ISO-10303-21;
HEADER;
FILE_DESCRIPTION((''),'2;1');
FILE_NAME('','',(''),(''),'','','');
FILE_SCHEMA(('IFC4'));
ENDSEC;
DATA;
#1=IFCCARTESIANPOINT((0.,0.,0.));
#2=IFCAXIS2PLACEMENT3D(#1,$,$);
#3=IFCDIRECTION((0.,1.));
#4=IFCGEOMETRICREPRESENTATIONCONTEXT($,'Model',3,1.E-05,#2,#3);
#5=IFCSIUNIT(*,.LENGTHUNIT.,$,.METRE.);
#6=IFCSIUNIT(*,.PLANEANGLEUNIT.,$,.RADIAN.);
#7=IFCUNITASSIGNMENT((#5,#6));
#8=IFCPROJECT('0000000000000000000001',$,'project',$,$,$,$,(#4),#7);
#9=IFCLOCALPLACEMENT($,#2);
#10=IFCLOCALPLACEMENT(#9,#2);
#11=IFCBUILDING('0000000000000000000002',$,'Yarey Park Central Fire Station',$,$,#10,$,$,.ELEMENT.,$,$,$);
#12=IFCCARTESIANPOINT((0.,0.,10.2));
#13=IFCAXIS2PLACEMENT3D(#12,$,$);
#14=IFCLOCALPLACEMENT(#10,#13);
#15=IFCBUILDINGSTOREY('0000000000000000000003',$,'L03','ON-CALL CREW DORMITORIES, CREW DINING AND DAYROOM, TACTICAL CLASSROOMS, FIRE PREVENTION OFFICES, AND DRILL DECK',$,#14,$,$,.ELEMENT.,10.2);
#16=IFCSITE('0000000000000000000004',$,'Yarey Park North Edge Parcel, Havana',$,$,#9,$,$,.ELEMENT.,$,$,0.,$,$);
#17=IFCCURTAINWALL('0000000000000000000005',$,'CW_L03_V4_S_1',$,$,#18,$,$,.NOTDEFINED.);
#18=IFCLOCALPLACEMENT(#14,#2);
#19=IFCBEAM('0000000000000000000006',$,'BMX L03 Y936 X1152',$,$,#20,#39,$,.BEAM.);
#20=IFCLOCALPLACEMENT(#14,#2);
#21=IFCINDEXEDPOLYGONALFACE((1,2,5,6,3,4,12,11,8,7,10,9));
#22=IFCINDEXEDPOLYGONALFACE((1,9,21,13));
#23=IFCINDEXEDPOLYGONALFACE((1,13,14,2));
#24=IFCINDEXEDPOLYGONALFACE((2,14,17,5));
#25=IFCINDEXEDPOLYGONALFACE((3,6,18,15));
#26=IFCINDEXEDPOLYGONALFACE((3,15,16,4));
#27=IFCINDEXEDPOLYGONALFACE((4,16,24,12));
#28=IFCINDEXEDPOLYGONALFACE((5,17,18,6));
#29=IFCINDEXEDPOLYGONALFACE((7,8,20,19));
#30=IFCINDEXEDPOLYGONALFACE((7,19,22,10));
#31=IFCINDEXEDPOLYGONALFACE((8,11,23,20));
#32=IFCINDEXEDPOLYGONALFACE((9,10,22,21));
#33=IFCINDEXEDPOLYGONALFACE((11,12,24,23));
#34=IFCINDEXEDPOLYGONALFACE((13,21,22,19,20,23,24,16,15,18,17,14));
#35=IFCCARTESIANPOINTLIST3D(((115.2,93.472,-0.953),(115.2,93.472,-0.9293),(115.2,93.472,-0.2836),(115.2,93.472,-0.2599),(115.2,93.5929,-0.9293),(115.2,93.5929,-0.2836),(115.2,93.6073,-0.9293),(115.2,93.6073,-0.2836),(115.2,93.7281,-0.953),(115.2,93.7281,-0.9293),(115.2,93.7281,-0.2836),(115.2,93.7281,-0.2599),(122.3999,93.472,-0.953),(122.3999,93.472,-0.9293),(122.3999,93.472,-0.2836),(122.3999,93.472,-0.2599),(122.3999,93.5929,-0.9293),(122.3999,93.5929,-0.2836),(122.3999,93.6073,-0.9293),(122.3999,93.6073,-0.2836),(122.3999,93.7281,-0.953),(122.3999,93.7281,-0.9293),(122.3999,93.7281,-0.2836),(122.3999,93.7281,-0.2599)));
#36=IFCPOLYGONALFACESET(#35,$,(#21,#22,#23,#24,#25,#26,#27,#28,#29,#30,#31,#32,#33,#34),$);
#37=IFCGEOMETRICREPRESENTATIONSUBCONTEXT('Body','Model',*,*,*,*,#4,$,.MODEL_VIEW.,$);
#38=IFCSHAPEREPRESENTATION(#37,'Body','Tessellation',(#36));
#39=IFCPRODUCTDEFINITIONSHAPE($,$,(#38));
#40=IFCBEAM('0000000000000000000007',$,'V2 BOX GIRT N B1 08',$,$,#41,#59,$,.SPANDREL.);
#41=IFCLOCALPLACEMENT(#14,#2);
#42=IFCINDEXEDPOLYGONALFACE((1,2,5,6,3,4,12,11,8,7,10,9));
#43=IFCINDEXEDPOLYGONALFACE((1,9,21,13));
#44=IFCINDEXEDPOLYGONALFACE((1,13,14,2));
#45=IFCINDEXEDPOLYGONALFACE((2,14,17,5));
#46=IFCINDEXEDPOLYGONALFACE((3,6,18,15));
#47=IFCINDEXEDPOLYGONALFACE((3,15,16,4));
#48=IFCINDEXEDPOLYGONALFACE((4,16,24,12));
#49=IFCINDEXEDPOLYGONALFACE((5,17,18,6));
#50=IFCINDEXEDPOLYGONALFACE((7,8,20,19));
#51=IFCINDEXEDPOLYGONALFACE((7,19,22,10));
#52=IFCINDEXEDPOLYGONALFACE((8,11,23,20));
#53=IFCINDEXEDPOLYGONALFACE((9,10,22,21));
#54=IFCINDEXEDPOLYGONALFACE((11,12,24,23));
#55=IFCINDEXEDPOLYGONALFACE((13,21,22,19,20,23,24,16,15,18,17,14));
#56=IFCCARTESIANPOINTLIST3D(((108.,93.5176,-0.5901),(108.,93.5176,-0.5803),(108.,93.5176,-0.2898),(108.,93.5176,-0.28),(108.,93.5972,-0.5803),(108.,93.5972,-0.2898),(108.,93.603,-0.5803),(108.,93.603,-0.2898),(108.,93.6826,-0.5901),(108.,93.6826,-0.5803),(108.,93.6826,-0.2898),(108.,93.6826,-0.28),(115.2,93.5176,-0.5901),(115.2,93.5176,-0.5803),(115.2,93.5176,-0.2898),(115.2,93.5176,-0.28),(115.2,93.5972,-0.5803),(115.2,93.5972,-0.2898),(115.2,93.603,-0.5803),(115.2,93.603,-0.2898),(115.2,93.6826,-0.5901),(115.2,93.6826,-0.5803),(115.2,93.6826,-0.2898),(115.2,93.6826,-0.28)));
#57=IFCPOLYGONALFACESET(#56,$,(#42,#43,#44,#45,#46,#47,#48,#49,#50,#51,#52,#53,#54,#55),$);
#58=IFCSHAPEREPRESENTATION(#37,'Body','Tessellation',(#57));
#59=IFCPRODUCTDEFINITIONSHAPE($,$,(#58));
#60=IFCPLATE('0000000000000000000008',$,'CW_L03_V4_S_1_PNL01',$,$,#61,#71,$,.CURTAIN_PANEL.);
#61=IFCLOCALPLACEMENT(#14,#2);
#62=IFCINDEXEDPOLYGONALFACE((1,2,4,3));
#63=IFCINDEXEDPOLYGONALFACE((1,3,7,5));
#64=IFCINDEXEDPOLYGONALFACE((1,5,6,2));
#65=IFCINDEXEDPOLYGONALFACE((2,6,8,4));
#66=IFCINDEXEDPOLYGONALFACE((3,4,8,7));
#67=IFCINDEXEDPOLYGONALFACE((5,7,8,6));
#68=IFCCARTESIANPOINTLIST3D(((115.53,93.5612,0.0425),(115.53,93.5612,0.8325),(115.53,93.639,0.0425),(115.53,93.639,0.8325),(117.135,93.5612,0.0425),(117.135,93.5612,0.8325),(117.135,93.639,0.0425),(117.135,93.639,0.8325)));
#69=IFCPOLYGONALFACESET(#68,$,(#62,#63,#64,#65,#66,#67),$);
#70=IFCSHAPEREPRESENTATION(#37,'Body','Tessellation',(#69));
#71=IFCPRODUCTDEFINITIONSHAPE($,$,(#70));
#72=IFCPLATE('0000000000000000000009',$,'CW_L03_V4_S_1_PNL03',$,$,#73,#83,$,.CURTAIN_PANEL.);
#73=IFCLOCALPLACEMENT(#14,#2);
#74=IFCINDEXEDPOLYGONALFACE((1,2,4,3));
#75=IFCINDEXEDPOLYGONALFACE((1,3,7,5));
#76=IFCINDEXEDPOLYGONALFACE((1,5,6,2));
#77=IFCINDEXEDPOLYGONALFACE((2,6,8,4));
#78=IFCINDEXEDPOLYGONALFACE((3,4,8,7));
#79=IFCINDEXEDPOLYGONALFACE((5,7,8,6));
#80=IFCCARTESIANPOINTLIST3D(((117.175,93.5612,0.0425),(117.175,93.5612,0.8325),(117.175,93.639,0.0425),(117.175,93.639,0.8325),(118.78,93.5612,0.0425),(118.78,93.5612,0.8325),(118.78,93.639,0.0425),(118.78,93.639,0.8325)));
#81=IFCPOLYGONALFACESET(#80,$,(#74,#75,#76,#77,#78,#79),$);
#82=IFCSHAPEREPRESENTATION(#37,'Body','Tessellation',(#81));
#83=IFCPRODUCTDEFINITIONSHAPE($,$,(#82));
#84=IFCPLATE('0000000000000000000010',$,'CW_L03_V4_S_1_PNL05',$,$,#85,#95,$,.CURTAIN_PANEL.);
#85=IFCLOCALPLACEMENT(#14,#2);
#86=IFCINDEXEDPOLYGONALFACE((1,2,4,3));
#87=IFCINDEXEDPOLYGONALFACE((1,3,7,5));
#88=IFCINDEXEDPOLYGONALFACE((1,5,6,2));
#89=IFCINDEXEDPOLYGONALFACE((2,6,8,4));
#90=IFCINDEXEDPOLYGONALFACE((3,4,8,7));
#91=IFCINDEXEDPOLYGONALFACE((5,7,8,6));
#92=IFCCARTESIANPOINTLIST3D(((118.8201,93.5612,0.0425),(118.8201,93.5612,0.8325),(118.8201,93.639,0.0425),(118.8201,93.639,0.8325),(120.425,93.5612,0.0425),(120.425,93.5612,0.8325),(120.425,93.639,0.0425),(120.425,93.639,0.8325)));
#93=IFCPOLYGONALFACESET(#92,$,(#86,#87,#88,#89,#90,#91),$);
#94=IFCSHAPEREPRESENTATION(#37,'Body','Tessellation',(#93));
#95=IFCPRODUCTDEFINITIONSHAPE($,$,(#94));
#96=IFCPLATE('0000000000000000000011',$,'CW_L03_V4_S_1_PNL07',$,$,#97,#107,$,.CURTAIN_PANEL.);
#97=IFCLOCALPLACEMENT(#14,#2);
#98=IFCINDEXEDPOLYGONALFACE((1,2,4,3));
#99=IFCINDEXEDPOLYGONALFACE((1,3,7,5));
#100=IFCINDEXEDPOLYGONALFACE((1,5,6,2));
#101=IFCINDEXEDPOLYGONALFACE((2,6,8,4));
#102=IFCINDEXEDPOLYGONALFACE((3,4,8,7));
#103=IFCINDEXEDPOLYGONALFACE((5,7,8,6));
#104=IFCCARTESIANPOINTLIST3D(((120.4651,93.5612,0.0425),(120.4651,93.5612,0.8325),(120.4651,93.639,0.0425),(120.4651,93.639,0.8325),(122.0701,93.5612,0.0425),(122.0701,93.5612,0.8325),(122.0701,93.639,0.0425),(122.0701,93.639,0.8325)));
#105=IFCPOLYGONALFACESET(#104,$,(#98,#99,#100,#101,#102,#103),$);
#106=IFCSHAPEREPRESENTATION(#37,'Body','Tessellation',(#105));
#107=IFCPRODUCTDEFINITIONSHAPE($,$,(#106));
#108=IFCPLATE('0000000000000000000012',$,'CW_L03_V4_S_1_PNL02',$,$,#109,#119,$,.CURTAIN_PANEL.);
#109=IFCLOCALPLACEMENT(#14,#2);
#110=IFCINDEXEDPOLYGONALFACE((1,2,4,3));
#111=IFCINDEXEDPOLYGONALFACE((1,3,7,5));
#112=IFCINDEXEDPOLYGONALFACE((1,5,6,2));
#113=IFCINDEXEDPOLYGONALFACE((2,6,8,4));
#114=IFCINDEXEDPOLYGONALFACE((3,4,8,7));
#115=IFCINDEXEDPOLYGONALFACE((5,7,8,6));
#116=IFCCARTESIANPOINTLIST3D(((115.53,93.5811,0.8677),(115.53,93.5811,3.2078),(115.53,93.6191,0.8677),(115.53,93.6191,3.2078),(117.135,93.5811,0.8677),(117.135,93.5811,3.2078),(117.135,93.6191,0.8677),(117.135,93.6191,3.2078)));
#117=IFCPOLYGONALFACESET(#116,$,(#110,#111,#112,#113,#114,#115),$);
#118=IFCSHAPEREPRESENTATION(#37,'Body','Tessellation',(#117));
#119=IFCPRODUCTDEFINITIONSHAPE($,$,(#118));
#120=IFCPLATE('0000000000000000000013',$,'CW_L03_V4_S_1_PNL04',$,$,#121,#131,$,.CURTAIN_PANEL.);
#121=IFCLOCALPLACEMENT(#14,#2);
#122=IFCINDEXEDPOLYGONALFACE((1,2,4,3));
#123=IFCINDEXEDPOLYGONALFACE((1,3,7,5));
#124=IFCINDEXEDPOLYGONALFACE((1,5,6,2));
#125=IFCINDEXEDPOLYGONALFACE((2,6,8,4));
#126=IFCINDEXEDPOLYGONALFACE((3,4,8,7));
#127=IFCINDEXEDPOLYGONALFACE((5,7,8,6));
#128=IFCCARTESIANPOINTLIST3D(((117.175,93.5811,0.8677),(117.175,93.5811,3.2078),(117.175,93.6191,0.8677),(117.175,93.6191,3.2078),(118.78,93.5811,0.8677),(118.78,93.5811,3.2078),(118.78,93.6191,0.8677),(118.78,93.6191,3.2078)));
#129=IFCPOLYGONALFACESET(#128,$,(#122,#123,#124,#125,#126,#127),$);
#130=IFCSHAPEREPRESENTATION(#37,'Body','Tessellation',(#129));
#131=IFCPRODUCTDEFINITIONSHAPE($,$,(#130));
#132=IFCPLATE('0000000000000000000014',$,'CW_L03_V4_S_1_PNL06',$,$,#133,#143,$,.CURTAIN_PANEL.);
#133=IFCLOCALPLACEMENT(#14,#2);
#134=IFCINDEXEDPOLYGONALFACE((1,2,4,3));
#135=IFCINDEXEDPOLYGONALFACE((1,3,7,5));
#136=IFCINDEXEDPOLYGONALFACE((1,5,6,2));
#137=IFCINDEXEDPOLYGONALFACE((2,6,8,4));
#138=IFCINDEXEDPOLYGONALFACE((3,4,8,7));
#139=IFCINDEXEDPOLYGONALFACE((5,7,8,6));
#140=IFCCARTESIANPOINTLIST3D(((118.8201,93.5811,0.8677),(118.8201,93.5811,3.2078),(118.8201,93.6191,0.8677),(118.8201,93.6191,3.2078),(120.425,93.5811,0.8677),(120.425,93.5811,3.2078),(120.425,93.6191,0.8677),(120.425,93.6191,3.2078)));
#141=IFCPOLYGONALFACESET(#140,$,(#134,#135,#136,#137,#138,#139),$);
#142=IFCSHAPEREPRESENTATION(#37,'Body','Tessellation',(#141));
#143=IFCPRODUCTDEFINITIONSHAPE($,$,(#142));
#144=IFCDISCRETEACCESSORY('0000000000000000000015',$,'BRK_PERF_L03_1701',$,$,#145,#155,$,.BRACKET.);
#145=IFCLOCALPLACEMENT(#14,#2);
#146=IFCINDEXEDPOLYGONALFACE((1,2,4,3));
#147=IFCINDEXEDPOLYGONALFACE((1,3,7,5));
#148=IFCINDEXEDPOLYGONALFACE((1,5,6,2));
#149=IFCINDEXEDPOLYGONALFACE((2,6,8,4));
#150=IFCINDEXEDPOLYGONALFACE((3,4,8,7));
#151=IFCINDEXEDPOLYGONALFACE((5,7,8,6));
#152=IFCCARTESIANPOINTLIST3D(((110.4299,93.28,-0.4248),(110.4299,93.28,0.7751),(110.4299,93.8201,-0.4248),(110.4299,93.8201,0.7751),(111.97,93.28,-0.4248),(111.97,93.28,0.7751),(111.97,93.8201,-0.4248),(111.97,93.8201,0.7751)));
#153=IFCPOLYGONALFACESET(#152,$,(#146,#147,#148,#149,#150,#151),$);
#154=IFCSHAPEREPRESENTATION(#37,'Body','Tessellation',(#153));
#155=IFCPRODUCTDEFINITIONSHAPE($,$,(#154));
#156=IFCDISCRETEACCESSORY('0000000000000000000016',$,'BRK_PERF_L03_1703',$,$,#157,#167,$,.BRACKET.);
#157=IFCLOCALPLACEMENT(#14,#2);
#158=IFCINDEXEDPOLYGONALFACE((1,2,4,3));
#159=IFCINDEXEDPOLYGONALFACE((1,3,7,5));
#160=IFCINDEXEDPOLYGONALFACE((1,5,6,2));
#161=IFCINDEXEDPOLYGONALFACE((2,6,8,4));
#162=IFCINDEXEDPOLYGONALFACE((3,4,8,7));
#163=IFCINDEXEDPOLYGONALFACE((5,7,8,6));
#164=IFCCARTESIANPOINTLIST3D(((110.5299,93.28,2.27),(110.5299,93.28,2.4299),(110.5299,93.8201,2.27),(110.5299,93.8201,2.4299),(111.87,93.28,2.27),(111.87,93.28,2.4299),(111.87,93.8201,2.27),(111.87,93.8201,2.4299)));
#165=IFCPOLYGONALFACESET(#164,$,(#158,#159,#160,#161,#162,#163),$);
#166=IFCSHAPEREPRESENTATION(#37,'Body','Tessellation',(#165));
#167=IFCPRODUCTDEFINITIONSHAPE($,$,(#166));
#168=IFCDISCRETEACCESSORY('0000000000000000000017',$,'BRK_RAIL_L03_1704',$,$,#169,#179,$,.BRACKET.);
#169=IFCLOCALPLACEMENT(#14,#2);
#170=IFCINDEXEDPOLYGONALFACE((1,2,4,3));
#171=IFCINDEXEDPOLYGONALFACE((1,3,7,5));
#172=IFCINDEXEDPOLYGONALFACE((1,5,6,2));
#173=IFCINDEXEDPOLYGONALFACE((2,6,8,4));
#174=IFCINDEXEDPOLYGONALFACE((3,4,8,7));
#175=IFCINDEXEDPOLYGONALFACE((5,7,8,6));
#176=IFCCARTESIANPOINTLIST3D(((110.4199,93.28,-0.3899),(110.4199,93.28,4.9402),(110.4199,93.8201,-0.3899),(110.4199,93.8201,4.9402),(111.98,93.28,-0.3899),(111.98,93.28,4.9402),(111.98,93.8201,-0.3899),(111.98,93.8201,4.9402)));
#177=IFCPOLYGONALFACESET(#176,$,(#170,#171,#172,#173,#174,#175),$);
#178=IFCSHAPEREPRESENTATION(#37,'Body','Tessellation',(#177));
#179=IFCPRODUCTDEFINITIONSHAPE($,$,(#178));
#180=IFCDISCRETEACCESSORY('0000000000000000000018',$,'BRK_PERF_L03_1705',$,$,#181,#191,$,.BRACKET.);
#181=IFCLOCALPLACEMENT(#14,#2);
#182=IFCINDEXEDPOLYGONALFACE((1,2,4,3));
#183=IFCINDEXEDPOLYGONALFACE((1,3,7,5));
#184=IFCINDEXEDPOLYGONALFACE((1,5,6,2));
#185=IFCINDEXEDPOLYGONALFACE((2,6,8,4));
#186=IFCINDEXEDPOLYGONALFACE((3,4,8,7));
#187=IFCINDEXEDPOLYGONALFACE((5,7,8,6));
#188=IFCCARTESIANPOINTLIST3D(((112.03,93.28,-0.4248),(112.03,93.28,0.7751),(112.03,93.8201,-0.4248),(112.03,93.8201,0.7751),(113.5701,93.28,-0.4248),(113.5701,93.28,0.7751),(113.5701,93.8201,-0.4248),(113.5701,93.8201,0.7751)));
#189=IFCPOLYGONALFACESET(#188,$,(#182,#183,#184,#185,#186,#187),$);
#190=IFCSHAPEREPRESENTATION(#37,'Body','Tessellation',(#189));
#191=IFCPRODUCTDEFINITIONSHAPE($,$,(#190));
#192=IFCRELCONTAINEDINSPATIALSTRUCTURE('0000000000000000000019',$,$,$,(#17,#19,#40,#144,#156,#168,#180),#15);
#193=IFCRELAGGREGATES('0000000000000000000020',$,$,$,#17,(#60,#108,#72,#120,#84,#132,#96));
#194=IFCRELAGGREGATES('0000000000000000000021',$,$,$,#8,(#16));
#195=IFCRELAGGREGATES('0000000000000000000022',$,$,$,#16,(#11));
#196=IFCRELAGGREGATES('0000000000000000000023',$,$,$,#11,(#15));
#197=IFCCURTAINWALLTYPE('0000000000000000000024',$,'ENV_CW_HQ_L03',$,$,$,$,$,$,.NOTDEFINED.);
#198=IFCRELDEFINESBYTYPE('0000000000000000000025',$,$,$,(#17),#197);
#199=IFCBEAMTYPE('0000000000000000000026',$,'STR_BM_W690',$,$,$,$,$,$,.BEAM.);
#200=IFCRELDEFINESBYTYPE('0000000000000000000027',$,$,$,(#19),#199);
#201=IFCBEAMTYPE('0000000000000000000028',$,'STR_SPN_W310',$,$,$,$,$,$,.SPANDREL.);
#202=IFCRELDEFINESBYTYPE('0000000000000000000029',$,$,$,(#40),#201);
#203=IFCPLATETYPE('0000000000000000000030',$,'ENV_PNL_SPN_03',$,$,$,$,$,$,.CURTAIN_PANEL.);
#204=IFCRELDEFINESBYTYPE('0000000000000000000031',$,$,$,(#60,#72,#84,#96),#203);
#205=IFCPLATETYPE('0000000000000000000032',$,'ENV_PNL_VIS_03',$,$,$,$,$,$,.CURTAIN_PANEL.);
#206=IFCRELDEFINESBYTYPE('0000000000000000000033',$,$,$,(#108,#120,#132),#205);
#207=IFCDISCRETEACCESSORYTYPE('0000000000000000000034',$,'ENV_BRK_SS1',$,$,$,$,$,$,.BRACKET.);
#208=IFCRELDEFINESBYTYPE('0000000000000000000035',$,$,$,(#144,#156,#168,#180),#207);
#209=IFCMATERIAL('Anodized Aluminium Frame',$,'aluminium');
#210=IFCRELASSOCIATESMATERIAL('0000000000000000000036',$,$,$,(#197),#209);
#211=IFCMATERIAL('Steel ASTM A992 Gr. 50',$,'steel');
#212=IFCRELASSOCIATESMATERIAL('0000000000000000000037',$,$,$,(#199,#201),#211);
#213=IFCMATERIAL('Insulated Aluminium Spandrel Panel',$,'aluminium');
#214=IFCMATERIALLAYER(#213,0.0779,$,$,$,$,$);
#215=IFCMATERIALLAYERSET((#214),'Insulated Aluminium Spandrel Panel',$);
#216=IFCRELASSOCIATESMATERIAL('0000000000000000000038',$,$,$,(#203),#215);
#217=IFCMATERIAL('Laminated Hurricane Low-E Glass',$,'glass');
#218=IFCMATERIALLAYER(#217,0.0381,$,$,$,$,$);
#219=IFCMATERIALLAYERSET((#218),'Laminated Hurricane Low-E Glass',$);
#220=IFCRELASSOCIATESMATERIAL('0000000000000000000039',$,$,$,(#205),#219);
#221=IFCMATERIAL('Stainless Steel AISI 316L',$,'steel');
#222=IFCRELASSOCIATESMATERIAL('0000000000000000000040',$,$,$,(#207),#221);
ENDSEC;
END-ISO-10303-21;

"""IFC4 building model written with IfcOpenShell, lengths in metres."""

from ifc_helpers import new_model, si_unit, direction, frame, origin, origin_2d, place, context, subcontext, project, spatial, rectangle, i_section, extrude, material, layer, layer_set, material_profile, profile_set, type_object, element, aggregate, save


model = new_model("IFC4")

# Units and contexts
model_context = context("Model", 3, precision=1e-05, world=origin(), true_north=direction((0.0, 1.0)))
body_context = subcontext(model_context, "Body", "Model", "MODEL_VIEW")
ifc_project = project(units=[si_unit("LENGTHUNIT", "METRE"), si_unit("PLANEANGLEUNIT", "RADIAN")], contexts=[model_context])

# Site, building, storey
site_placement = place(None, origin())
site = spatial("IfcSite", under=ifc_project, at=site_placement, Name="Yarey Park North Edge Parcel, Havana", CompositionType="ELEMENT", RefElevation=0.0)
building_placement = place(site_placement, origin())
building = spatial("IfcBuilding", under=site, at=building_placement, Name="Yarey Park Central Fire Station", CompositionType="ELEMENT")
storey_placement = place(building_placement, frame((0.0, 0.0, 10.2)))
storey = spatial("IfcBuildingStorey", under=building, at=storey_placement, Name="L03", Description="ON-CALL CREW DORMITORIES, CREW DINING AND DAYROOM, TACTICAL CLASSROOMS, FIRE PREVENTION OFFICES, AND DRILL DECK", CompositionType="ELEMENT", Elevation=10.2)

# Shared definitions
ifc_material_1 = material(Name="Steel ASTM A992 Gr. 50", Category="steel")

# Curtain wall
ifc_material_2 = material(Name="Anodized Aluminium Frame", Category="aluminium")
curtain_wall_type = type_object("IfcCurtainWallType", Name="ENV_CW_HQ_L03", PredefinedType="NOTDEFINED", material=ifc_material_2)
curtain_wall_placement = place(storey_placement, origin())
curtain_wall = element("IfcCurtainWall", 1, at=curtain_wall_placement, inside=storey, type_object=curtain_wall_type, Name="CW_L03_V4_S_1", PredefinedType="NOTDEFINED")

# Beams
ifc_material_profile_1 = material_profile(ifc_material_1, i_section(OverallWidth=0.2561, OverallDepth=0.6931, WebThickness=0.0144, FlangeThickness=0.0237, at=origin_2d()), Name="W690x170")
ifc_profile_set_1 = profile_set([ifc_material_profile_1], Name="Steel ASTM A992 Gr. 50")
beam_type_1 = type_object("IfcBeamType", Name="STR_BM_W690", PredefinedType="BEAM", material=ifc_profile_set_1)
beam_1_placement = place(storey_placement, frame((115.2, 93.6001, -0.6064), z_axis=(1.0, 0.0, 0.0), x_axis=(0.0, 1.0, 0.0)))
element("IfcBeam", 2, at=beam_1_placement, inside=storey, type_object=beam_type_1, Name="BMX L03 Y936 X1152", PredefinedType="BEAM", context=body_context, shape_type="SweptSolid", body=[
    extrude(i_section(OverallWidth=0.2561, OverallDepth=0.6931, WebThickness=0.0144, FlangeThickness=0.0237, at=origin_2d()), origin(), (0.0, 0.0, 1.0), 7.2),
])
ifc_material_profile_2 = material_profile(ifc_material_1, i_section(OverallWidth=0.165, OverallDepth=0.3101, WebThickness=0.0059, FlangeThickness=0.0098, at=origin_2d()), Name="W310x39")
ifc_profile_set_2 = profile_set([ifc_material_profile_2], Name="Steel ASTM A992 Gr. 50")
beam_type_2 = type_object("IfcBeamType", Name="STR_SPN_W310", PredefinedType="SPANDREL", material=ifc_profile_set_2)
beam_2_placement = place(storey_placement, frame((108.0, 93.6001, -0.4351), z_axis=(1.0, 0.0, 0.0), x_axis=(0.0, 1.0, 0.0)))
element("IfcBeam", 3, at=beam_2_placement, inside=storey, type_object=beam_type_2, Name="V2 BOX GIRT N B1 08", PredefinedType="SPANDREL", context=body_context, shape_type="SweptSolid", body=[
    extrude(i_section(OverallWidth=0.165, OverallDepth=0.3101, WebThickness=0.0059, FlangeThickness=0.0098, at=origin_2d()), origin(), (0.0, 0.0, 1.0), 7.2),
])

# Plates
ifc_material_3 = material(Name="Insulated Aluminium Spandrel Panel", Category="aluminium")
ifc_layer_1 = layer(ifc_material_3, 0.0779)
ifc_layer_set_1 = layer_set([ifc_layer_1], Name="Insulated Aluminium Spandrel Panel")
plate_type_1 = type_object("IfcPlateType", Name="ENV_PNL_SPN_03", PredefinedType="CURTAIN_PANEL", material=ifc_layer_set_1)
plate_1_placement = place(storey_placement, frame((116.3325, 93.6001, 0.0425), z_axis=(0.0, 0.0, 1.0), x_axis=(1.0, 0.0, 0.0)))
plate_1 = element("IfcPlate", 4, at=plate_1_placement, type_object=plate_type_1, Name="CW_L03_V4_S_1_PNL01", PredefinedType="CURTAIN_PANEL", context=body_context, shape_type="SweptSolid", body=[
    extrude(rectangle(XDim=1.605, YDim=0.0779, at=origin_2d()), origin(), (0.0, 0.0, 1.0), 0.79),
])
plate_2_placement = place(storey_placement, frame((117.9775, 93.6001, 0.0425), z_axis=(0.0, 0.0, 1.0), x_axis=(1.0, 0.0, 0.0)))
plate_2 = element("IfcPlate", 5, at=plate_2_placement, type_object=plate_type_1, Name="CW_L03_V4_S_1_PNL03", PredefinedType="CURTAIN_PANEL", context=body_context, shape_type="SweptSolid", body=[
    extrude(rectangle(XDim=1.605, YDim=0.0779, at=origin_2d()), origin(), (0.0, 0.0, 1.0), 0.79),
])
plate_3_placement = place(storey_placement, frame((119.6226, 93.6001, 0.0425), z_axis=(0.0, 0.0, 1.0), x_axis=(1.0, 0.0, 0.0)))
plate_3 = element("IfcPlate", 6, at=plate_3_placement, type_object=plate_type_1, Name="CW_L03_V4_S_1_PNL05", PredefinedType="CURTAIN_PANEL", context=body_context, shape_type="SweptSolid", body=[
    extrude(rectangle(XDim=1.605, YDim=0.0779, at=origin_2d()), origin(), (0.0, 0.0, 1.0), 0.79),
])
plate_4_placement = place(storey_placement, frame((121.2676, 93.6001, 0.0425), z_axis=(0.0, 0.0, 1.0), x_axis=(1.0, 0.0, 0.0)))
plate_4 = element("IfcPlate", 7, at=plate_4_placement, type_object=plate_type_1, Name="CW_L03_V4_S_1_PNL07", PredefinedType="CURTAIN_PANEL", context=body_context, shape_type="SweptSolid", body=[
    extrude(rectangle(XDim=1.605, YDim=0.0779, at=origin_2d()), origin(), (0.0, 0.0, 1.0), 0.79),
])
ifc_material_4 = material(Name="Laminated Hurricane Low-E Glass", Category="glass")
ifc_layer_2 = layer(ifc_material_4, 0.0381)
ifc_layer_set_2 = layer_set([ifc_layer_2], Name="Laminated Hurricane Low-E Glass")
plate_type_2 = type_object("IfcPlateType", Name="ENV_PNL_VIS_03", PredefinedType="CURTAIN_PANEL", material=ifc_layer_set_2)
plate_5_placement = place(storey_placement, frame((116.3325, 93.6001, 0.8677), z_axis=(0.0, 0.0, 1.0), x_axis=(1.0, 0.0, 0.0)))
plate_5 = element("IfcPlate", 8, at=plate_5_placement, type_object=plate_type_2, Name="CW_L03_V4_S_1_PNL02", PredefinedType="CURTAIN_PANEL", context=body_context, shape_type="SweptSolid", body=[
    extrude(rectangle(XDim=1.605, YDim=0.0381, at=origin_2d()), origin(), (0.0, 0.0, 1.0), 2.3401),
])
plate_6_placement = place(storey_placement, frame((117.9775, 93.6001, 0.8677), z_axis=(0.0, 0.0, 1.0), x_axis=(1.0, 0.0, 0.0)))
plate_6 = element("IfcPlate", 9, at=plate_6_placement, type_object=plate_type_2, Name="CW_L03_V4_S_1_PNL04", PredefinedType="CURTAIN_PANEL", context=body_context, shape_type="SweptSolid", body=[
    extrude(rectangle(XDim=1.605, YDim=0.0381, at=origin_2d()), origin(), (0.0, 0.0, 1.0), 2.3401),
])
plate_7_placement = place(storey_placement, frame((119.6226, 93.6001, 0.8677), z_axis=(0.0, 0.0, 1.0), x_axis=(1.0, 0.0, 0.0)))
plate_7 = element("IfcPlate", 10, at=plate_7_placement, type_object=plate_type_2, Name="CW_L03_V4_S_1_PNL06", PredefinedType="CURTAIN_PANEL", context=body_context, shape_type="SweptSolid", body=[
    extrude(rectangle(XDim=1.605, YDim=0.0381, at=origin_2d()), origin(), (0.0, 0.0, 1.0), 2.3401),
])
aggregate(curtain_wall, [plate_1, plate_5, plate_2, plate_6, plate_3, plate_7, plate_4])

# Discrete accessories
ifc_material_5 = material(Name="Stainless Steel AISI 316L", Category="steel")
discrete_accessory_type = type_object("IfcDiscreteAccessoryType", Name="ENV_BRK_SS1", PredefinedType="BRACKET", material=ifc_material_5)
discrete_accessory_1_placement = place(storey_placement, frame((111.2, 93.55, -0.4248), z_axis=(0.0, 0.0, 1.0), x_axis=(1.0, 0.0, 0.0)))
element("IfcDiscreteAccessory", 11, at=discrete_accessory_1_placement, inside=storey, type_object=discrete_accessory_type, Name="BRK_PERF_L03_1701", PredefinedType="BRACKET", context=body_context, shape_type="SweptSolid", body=[
    extrude(rectangle(XDim=1.54, YDim=0.54, at=origin_2d()), origin(), (0.0, 0.0, 1.0), 1.2),
])
discrete_accessory_2_placement = place(storey_placement, frame((111.2, 93.55, 2.27), z_axis=(0.0, 0.0, 1.0), x_axis=(1.0, 0.0, 0.0)))
element("IfcDiscreteAccessory", 12, at=discrete_accessory_2_placement, inside=storey, type_object=discrete_accessory_type, Name="BRK_PERF_L03_1703", PredefinedType="BRACKET", context=body_context, shape_type="SweptSolid", body=[
    extrude(rectangle(XDim=1.3401, YDim=0.54, at=origin_2d()), origin(), (0.0, 0.0, 1.0), 0.1599),
])
discrete_accessory_3_placement = place(storey_placement, frame((111.2, 93.55, -0.3899), z_axis=(0.0, 0.0, 1.0), x_axis=(1.0, 0.0, 0.0)))
element("IfcDiscreteAccessory", 13, at=discrete_accessory_3_placement, inside=storey, type_object=discrete_accessory_type, Name="BRK_RAIL_L03_1704", PredefinedType="BRACKET", context=body_context, shape_type="SweptSolid", body=[
    extrude(rectangle(XDim=1.5601, YDim=0.54, at=origin_2d()), origin(), (0.0, 0.0, 1.0), 5.3301),
])
discrete_accessory_4_placement = place(storey_placement, frame((112.8, 93.55, -0.4248), z_axis=(0.0, 0.0, 1.0), x_axis=(1.0, 0.0, 0.0)))
element("IfcDiscreteAccessory", 14, at=discrete_accessory_4_placement, inside=storey, type_object=discrete_accessory_type, Name="BRK_PERF_L03_1705", PredefinedType="BRACKET", context=body_context, shape_type="SweptSolid", body=[
    extrude(rectangle(XDim=1.54, YDim=0.54, at=origin_2d()), origin(), (0.0, 0.0, 1.0), 1.2),
])

save(model, "model.ifc")
